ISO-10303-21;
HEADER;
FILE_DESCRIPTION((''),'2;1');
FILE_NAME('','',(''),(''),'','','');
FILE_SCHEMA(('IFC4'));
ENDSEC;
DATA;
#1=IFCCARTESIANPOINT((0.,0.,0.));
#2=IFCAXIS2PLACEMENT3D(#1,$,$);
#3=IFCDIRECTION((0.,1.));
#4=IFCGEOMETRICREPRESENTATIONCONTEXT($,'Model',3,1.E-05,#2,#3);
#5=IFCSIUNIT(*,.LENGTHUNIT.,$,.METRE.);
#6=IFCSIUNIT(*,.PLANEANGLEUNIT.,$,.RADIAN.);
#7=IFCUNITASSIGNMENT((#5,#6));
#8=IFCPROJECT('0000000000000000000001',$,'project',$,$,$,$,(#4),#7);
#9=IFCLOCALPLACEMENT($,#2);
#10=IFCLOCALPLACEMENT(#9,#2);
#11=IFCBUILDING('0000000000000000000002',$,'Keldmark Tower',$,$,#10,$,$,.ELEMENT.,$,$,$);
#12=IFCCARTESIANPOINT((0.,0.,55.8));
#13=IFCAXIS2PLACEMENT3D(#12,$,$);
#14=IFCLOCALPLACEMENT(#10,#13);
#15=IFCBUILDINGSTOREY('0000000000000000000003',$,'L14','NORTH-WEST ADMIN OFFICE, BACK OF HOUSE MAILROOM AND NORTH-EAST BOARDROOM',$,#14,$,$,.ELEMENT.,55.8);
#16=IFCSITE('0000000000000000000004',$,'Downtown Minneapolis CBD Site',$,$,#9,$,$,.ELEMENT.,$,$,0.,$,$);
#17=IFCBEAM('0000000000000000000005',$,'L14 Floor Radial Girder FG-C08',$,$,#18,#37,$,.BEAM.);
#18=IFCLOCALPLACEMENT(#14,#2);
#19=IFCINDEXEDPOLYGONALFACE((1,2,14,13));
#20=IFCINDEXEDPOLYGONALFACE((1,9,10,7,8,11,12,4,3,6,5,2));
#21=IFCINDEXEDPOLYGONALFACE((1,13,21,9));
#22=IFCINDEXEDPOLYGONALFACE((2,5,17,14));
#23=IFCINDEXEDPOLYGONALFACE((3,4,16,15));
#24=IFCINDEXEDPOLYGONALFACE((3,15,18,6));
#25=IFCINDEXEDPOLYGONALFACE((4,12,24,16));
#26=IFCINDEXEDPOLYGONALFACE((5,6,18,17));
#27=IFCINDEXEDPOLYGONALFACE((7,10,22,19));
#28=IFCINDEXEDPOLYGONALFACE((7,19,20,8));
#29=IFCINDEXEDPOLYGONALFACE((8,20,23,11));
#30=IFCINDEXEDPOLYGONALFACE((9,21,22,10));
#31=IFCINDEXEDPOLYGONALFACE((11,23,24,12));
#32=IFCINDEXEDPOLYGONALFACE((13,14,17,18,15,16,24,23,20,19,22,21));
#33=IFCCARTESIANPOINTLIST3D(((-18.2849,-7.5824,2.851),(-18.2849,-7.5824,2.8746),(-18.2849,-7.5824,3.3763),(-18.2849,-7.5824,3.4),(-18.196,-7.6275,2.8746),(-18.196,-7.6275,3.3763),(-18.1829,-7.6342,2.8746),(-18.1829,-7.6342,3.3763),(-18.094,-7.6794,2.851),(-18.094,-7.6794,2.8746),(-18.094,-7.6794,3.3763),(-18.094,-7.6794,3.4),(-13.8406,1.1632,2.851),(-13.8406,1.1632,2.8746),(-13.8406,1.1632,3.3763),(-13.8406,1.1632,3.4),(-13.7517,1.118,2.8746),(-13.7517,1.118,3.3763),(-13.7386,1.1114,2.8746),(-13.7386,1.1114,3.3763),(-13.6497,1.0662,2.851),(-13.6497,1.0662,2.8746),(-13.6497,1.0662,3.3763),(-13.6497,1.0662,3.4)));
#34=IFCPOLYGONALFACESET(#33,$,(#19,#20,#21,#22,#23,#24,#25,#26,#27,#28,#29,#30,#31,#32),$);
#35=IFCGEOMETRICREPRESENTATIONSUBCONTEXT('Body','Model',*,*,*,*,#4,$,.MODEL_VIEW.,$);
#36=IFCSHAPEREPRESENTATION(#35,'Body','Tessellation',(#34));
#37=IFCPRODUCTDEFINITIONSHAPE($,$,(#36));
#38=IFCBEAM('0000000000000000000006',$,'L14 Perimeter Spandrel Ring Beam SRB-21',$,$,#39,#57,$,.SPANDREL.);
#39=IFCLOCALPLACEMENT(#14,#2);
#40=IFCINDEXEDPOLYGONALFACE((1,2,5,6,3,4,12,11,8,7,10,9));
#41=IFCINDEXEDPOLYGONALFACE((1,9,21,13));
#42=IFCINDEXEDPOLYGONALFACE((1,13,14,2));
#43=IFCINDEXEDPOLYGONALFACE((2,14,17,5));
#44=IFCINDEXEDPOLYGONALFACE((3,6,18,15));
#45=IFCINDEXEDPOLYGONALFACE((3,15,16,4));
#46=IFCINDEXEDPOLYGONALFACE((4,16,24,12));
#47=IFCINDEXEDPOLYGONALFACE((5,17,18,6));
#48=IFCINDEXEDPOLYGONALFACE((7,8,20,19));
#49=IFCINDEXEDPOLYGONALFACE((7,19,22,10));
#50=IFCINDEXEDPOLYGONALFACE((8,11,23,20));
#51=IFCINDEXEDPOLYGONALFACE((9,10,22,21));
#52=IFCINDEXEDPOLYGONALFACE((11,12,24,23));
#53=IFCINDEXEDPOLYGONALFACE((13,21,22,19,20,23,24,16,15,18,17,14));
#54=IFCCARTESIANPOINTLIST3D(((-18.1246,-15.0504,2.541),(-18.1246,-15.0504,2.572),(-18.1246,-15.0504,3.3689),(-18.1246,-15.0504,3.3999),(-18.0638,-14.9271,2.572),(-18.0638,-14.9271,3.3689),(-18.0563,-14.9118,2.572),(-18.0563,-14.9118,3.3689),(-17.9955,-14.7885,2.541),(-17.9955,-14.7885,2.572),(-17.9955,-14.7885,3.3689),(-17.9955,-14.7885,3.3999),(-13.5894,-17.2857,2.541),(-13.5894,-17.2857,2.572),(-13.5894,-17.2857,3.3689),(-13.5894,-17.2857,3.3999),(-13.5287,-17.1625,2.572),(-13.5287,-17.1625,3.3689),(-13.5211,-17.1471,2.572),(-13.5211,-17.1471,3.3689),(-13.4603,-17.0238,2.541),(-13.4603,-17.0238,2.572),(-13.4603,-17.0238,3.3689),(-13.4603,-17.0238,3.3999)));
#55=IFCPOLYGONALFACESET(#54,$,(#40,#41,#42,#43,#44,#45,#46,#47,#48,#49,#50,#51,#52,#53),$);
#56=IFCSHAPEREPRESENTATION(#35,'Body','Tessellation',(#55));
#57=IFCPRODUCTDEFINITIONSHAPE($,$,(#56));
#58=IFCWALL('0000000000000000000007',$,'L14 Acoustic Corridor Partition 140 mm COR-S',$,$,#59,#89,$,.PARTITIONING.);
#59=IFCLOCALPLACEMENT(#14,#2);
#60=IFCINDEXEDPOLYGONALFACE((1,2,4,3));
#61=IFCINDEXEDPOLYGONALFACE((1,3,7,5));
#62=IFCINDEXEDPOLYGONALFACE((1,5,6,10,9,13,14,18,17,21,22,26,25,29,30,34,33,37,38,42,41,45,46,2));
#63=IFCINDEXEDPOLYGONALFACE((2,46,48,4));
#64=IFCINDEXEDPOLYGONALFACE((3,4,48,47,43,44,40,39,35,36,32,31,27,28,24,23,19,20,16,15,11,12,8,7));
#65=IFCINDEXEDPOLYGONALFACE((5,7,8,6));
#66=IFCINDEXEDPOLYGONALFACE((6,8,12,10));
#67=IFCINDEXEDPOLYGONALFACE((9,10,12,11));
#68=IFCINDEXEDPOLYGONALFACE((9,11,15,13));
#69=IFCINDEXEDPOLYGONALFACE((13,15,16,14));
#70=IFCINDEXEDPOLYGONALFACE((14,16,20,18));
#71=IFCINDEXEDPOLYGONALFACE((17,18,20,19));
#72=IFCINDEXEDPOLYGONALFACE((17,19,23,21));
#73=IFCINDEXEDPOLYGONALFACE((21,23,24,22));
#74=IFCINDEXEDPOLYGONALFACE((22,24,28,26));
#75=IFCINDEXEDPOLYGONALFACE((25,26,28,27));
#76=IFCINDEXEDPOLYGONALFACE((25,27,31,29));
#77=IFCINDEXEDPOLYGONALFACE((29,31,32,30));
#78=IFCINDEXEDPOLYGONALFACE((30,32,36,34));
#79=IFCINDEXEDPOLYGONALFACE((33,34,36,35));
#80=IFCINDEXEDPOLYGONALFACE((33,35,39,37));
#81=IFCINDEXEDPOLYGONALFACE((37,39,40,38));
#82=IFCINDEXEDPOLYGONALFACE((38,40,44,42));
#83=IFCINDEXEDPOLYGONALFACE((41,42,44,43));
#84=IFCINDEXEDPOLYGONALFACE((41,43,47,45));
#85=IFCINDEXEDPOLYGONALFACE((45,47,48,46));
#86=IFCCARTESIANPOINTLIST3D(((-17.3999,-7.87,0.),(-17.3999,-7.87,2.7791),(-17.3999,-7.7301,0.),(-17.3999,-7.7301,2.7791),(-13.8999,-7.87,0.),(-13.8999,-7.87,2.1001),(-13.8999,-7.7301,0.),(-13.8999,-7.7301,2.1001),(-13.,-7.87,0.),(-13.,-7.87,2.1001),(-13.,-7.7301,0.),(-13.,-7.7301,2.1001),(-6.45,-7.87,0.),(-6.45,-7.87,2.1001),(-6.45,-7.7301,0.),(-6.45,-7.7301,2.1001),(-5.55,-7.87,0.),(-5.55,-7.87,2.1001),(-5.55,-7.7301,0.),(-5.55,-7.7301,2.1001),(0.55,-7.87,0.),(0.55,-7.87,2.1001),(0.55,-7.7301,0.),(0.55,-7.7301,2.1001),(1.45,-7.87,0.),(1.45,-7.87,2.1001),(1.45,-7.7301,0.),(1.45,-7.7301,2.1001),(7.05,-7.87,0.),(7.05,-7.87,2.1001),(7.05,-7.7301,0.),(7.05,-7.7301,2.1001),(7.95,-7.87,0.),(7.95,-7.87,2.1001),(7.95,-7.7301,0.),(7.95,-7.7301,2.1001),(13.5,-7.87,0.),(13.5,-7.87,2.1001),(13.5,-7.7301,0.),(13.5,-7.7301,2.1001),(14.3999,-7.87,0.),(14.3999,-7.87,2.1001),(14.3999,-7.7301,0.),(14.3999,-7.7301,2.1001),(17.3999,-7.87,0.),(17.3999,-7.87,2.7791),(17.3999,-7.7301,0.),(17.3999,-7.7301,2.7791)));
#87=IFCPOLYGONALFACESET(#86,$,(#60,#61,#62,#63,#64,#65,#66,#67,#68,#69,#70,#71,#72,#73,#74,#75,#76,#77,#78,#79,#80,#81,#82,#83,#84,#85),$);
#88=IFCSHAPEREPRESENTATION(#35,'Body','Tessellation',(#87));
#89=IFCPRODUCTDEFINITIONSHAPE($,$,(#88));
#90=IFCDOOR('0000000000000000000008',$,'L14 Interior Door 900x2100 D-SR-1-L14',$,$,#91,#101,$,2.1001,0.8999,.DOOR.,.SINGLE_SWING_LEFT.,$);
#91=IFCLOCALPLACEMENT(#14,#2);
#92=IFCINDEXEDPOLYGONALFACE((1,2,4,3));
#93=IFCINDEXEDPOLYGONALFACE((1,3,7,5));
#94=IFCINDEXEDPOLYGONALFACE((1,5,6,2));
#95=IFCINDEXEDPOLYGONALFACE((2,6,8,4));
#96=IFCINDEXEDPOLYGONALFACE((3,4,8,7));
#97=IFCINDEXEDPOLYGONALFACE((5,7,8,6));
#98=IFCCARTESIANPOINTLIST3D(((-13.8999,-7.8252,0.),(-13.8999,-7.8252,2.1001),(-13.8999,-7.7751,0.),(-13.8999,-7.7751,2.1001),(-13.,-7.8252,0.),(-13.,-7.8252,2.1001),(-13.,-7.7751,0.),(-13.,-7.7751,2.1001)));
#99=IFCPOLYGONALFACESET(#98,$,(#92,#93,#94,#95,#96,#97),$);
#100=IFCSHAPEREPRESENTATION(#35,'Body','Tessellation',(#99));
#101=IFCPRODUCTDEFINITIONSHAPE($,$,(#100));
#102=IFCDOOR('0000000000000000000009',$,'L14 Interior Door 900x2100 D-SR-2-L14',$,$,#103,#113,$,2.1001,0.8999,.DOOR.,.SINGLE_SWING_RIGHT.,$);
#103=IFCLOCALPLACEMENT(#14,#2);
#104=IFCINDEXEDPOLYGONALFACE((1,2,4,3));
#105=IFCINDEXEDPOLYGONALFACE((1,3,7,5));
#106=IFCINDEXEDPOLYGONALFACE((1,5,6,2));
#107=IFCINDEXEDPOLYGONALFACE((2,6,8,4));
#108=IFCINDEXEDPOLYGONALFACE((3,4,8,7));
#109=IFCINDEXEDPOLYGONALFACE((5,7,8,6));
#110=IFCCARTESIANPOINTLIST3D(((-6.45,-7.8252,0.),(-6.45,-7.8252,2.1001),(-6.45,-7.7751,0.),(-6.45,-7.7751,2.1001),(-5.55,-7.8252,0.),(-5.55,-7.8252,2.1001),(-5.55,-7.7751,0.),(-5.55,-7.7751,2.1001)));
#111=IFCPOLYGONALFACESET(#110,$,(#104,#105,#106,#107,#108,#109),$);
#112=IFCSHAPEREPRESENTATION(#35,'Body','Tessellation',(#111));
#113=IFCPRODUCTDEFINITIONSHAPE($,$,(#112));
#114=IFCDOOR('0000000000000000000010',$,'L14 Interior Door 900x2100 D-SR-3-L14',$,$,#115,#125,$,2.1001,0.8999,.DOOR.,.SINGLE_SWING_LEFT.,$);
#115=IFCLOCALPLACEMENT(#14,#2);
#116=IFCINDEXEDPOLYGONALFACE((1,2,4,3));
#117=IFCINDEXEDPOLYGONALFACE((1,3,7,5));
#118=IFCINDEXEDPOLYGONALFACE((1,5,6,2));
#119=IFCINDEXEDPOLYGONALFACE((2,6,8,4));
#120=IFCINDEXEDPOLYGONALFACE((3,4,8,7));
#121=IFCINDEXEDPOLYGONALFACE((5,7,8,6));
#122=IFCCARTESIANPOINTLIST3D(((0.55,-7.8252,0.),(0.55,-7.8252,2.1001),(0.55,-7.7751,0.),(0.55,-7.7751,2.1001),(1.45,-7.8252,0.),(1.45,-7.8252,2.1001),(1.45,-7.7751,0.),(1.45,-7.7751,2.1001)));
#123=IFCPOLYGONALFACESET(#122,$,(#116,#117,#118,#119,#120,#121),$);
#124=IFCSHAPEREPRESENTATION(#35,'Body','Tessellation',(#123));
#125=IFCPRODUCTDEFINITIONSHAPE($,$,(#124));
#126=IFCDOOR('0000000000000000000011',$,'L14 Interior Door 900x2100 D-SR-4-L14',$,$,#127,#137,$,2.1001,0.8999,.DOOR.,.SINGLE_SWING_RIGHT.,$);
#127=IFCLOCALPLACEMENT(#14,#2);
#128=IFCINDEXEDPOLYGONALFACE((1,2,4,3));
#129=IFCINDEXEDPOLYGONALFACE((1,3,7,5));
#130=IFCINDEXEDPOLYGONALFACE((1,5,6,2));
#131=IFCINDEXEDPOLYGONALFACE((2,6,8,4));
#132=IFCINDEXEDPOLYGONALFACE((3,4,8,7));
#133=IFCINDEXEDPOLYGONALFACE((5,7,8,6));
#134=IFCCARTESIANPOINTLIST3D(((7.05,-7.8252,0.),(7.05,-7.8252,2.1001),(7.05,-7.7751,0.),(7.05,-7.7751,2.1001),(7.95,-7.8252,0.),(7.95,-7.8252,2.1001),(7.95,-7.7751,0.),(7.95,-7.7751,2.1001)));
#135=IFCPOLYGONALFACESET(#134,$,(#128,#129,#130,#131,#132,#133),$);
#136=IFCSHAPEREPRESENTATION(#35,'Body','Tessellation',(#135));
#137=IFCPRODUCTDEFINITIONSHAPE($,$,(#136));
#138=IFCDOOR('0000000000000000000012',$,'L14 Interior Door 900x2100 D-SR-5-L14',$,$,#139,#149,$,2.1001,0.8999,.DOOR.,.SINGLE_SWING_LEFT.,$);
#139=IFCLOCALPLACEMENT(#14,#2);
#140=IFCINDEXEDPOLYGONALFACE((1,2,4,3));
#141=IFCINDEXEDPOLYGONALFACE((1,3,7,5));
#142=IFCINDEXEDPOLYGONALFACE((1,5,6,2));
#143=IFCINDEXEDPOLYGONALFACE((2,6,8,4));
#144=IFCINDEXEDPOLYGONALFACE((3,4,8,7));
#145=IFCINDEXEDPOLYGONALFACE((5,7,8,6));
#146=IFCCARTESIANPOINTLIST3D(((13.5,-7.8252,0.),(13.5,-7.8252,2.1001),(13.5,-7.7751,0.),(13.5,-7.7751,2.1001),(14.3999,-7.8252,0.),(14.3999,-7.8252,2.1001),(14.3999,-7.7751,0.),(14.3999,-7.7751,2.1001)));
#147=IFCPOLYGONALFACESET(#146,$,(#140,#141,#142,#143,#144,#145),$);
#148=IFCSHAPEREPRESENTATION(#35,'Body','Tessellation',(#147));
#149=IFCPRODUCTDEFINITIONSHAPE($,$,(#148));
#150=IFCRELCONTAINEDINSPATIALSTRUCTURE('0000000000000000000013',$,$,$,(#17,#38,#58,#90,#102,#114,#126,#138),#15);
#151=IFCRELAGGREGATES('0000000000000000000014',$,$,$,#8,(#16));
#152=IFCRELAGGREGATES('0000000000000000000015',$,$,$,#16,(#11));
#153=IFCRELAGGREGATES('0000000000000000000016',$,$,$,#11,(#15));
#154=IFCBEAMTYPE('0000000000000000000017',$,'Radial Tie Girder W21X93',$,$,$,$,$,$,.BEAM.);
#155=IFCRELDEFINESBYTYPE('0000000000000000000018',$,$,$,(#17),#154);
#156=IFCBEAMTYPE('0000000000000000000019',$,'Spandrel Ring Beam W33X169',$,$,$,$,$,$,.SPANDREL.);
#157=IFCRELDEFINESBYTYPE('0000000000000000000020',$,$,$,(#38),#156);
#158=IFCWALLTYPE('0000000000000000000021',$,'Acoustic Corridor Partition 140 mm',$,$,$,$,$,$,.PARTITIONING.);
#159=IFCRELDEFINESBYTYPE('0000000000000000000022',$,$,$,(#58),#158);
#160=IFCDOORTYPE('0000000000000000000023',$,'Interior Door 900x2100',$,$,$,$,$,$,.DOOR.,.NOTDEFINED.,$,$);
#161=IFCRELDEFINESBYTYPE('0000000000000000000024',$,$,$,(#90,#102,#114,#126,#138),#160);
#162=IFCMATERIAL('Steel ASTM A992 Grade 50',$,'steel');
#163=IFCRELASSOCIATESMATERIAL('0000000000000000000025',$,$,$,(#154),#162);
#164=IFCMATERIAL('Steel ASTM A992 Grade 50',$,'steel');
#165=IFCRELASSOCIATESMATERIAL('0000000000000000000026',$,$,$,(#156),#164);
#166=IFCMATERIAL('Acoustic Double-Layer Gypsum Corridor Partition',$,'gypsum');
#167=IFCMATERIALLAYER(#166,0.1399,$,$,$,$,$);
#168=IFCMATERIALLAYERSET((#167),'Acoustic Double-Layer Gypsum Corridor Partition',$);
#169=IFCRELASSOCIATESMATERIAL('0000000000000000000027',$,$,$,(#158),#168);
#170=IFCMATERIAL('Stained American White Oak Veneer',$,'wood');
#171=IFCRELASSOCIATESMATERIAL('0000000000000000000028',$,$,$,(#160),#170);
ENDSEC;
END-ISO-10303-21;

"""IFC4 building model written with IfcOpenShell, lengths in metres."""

from ifc_helpers import new_model, si_unit, direction, frame, frame_2d, origin, origin_2d, place, context, subcontext, project, spatial, rectangle, i_section, extrude, material, layer, layer_set, material_profile, profile_set, type_object, element, fill, save


model = new_model("IFC4")

# Units and contexts
model_context = context("Model", 3, precision=1e-05, world=origin(), true_north=direction((0.0, 1.0)))
body_context = subcontext(model_context, "Body", "Model", "MODEL_VIEW")
ifc_project = project(units=[si_unit("LENGTHUNIT", "METRE"), si_unit("PLANEANGLEUNIT", "RADIAN")], contexts=[model_context])

# Site, building, storey
site_placement = place(None, origin())
site = spatial("IfcSite", under=ifc_project, at=site_placement, Name="Downtown Minneapolis CBD Site", CompositionType="ELEMENT", RefElevation=0.0)
building_placement = place(site_placement, origin())
building = spatial("IfcBuilding", under=site, at=building_placement, Name="Keldmark Tower", CompositionType="ELEMENT")
storey_placement = place(building_placement, frame((0.0, 0.0, 55.8)))
storey = spatial("IfcBuildingStorey", under=building, at=storey_placement, Name="L14", Description="NORTH-WEST ADMIN OFFICE, BACK OF HOUSE MAILROOM AND NORTH-EAST BOARDROOM", CompositionType="ELEMENT", Elevation=55.8)

# Beams
ifc_material_1 = material(Name="Steel ASTM A992 Grade 50", Category="steel")
ifc_material_profile_1 = material_profile(ifc_material_1, i_section(OverallWidth=0.2141, OverallDepth=0.5491, WebThickness=0.0146, FlangeThickness=0.0237, at=origin_2d()), Name="W21X93")
ifc_profile_set_1 = profile_set([ifc_material_profile_1], Name="Steel ASTM A992 Grade 50")
beam_type_1 = type_object("IfcBeamType", Name="Radial Tie Girder W21X93", PredefinedType="BEAM", material=ifc_profile_set_1)
beam_1_placement = place(storey_placement, frame((-18.1895, -7.6309, 3.1255), z_axis=(0.453038, 0.891491, 0.0), x_axis=(-0.891491, 0.453038, 0.0)))
element("IfcBeam", 1, at=beam_1_placement, inside=storey, type_object=beam_type_1, Name="L14 Floor Radial Girder FG-C08", PredefinedType="BEAM", context=body_context, shape_type="SweptSolid", body=[
    extrude(i_section(OverallWidth=0.2141, OverallDepth=0.5491, WebThickness=0.0146, FlangeThickness=0.0237, at=origin_2d()), origin(), (0.0, 0.0, 1.0), 9.8101),
])
ifc_material_2 = material(Name="Steel ASTM A992 Grade 50", Category="steel")
ifc_material_profile_2 = material_profile(ifc_material_2, i_section(OverallWidth=0.292, OverallDepth=0.8589, WebThickness=0.0171, FlangeThickness=0.031, at=origin_2d()), Name="W33X169")
ifc_profile_set_2 = profile_set([ifc_material_profile_2], Name="Steel ASTM A992 Grade 50")
beam_type_2 = type_object("IfcBeamType", Name="Spandrel Ring Beam W33X169", PredefinedType="SPANDREL", material=ifc_profile_set_2)
beam_2_placement = place(storey_placement, frame((-18.0601, -14.9194, 2.9705), z_axis=(0.896962, -0.442107, 0.0), x_axis=(0.442107, 0.896962, 0.0)))
element("IfcBeam", 2, at=beam_2_placement, inside=storey, type_object=beam_type_2, Name="L14 Perimeter Spandrel Ring Beam SRB-21", PredefinedType="SPANDREL", context=body_context, shape_type="SweptSolid", body=[
    extrude(i_section(OverallWidth=0.292, OverallDepth=0.8589, WebThickness=0.0171, FlangeThickness=0.031, at=origin_2d()), origin(), (0.0, 0.0, 1.0), 5.0562),
])

# Wall, openings, doors
ifc_material_3 = material(Name="Acoustic Double-Layer Gypsum Corridor Partition", Category="gypsum")
ifc_layer_1 = layer(ifc_material_3, 0.1399)
ifc_layer_set_1 = layer_set([ifc_layer_1], Name="Acoustic Double-Layer Gypsum Corridor Partition")
wall_type_1 = type_object("IfcWallType", Name="Acoustic Corridor Partition 140 mm", PredefinedType="PARTITIONING", material=ifc_layer_set_1)
wall_1_placement = place(storey_placement, frame((-17.3999, -7.8, 0.0), z_axis=(0.0, 0.0, 1.0), x_axis=(1.0, 0.0, 0.0)))
wall_1 = element("IfcWall", 3, at=wall_1_placement, inside=storey, type_object=wall_type_1, Name="L14 Acoustic Corridor Partition 140 mm COR-S", PredefinedType="PARTITIONING", context=body_context, shape_type="SweptSolid", body=[
    extrude(rectangle(XDim=34.7998, YDim=0.1399, at=frame_2d((17.3999, 0.0))), origin(), (0.0, 0.0, 1.0), 2.7791),
])
opening_1_placement = place(wall_1_placement, frame((3.5, 0.0, 0.0)))
opening_1 = element("IfcOpeningElement", 4, at=opening_1_placement, cuts=wall_1, PredefinedType="OPENING", context=body_context, shape_type="SweptSolid", body=[
    extrude(rectangle(XDim=0.8999, YDim=2.1001, at=frame_2d((0.45, 1.05))), frame((0.0, 0.0798, 0.0), z_axis=(0.0, -1.0, 0.0), x_axis=(1.0, 0.0, 0.0)), (0.0, 0.0, 1.0), 0.1599),
])
opening_2_placement = place(wall_1_placement, frame((10.95, 0.0, 0.0)))
opening_2 = element("IfcOpeningElement", 5, at=opening_2_placement, cuts=wall_1, PredefinedType="OPENING", context=body_context, shape_type="SweptSolid", body=[
    extrude(rectangle(XDim=0.8999, YDim=2.1001, at=frame_2d((0.45, 1.05))), frame((0.0, 0.0798, 0.0), z_axis=(0.0, -1.0, 0.0), x_axis=(1.0, 0.0, 0.0)), (0.0, 0.0, 1.0), 0.1599),
])
opening_3_placement = place(wall_1_placement, frame((17.95, 0.0, 0.0)))
opening_3 = element("IfcOpeningElement", 6, at=opening_3_placement, cuts=wall_1, PredefinedType="OPENING", context=body_context, shape_type="SweptSolid", body=[
    extrude(rectangle(XDim=0.8999, YDim=2.1001, at=frame_2d((0.45, 1.05))), frame((0.0, 0.0798, 0.0), z_axis=(0.0, -1.0, 0.0), x_axis=(1.0, 0.0, 0.0)), (0.0, 0.0, 1.0), 0.1599),
])
opening_4_placement = place(wall_1_placement, frame((24.45, 0.0, 0.0)))
opening_4 = element("IfcOpeningElement", 7, at=opening_4_placement, cuts=wall_1, PredefinedType="OPENING", context=body_context, shape_type="SweptSolid", body=[
    extrude(rectangle(XDim=0.8999, YDim=2.1001, at=frame_2d((0.45, 1.05))), frame((0.0, 0.0798, 0.0), z_axis=(0.0, -1.0, 0.0), x_axis=(1.0, 0.0, 0.0)), (0.0, 0.0, 1.0), 0.1599),
])
opening_5_placement = place(wall_1_placement, frame((30.8999, 0.0, 0.0)))
opening_5 = element("IfcOpeningElement", 8, at=opening_5_placement, cuts=wall_1, PredefinedType="OPENING", context=body_context, shape_type="SweptSolid", body=[
    extrude(rectangle(XDim=0.8999, YDim=2.1001, at=frame_2d((0.45, 1.05))), frame((0.0, 0.0798, 0.0), z_axis=(0.0, -1.0, 0.0), x_axis=(1.0, 0.0, 0.0)), (0.0, 0.0, 1.0), 0.1599),
])
ifc_material_4 = material(Name="Stained American White Oak Veneer", Category="wood")
door_type = type_object("IfcDoorType", Name="Interior Door 900x2100", OperationType="NOTDEFINED", PredefinedType="DOOR", material=ifc_material_4)
door_1_placement = place(opening_1_placement, origin())
door_1 = element("IfcDoor", 9, at=door_1_placement, inside=storey, type_object=door_type, Name="L14 Interior Door 900x2100 D-SR-1-L14", OperationType="SINGLE_SWING_LEFT", OverallHeight=2.1001, OverallWidth=0.8999, PredefinedType="DOOR", context=body_context, shape_type="SweptSolid", body=[
    extrude(rectangle(XDim=0.8999, YDim=2.1001, at=frame_2d((0.45, 1.05))), frame((0.0, 0.0249, 0.0), z_axis=(0.0, -1.0, 0.0), x_axis=(1.0, 0.0, 0.0)), (0.0, 0.0, 1.0), 0.05),
])
fill(opening_1, door_1)
door_2_placement = place(opening_2_placement, origin())
door_2 = element("IfcDoor", 10, at=door_2_placement, inside=storey, type_object=door_type, Name="L14 Interior Door 900x2100 D-SR-2-L14", OperationType="SINGLE_SWING_RIGHT", OverallHeight=2.1001, OverallWidth=0.8999, PredefinedType="DOOR", context=body_context, shape_type="SweptSolid", body=[
    extrude(rectangle(XDim=0.8999, YDim=2.1001, at=frame_2d((0.45, 1.05))), frame((0.0, 0.0249, 0.0), z_axis=(0.0, -1.0, 0.0), x_axis=(1.0, 0.0, 0.0)), (0.0, 0.0, 1.0), 0.05),
])
fill(opening_2, door_2)
door_3_placement = place(opening_3_placement, origin())
door_3 = element("IfcDoor", 11, at=door_3_placement, inside=storey, type_object=door_type, Name="L14 Interior Door 900x2100 D-SR-3-L14", OperationType="SINGLE_SWING_LEFT", OverallHeight=2.1001, OverallWidth=0.8999, PredefinedType="DOOR", context=body_context, shape_type="SweptSolid", body=[
    extrude(rectangle(XDim=0.8999, YDim=2.1001, at=frame_2d((0.45, 1.05))), frame((0.0, 0.0249, 0.0), z_axis=(0.0, -1.0, 0.0), x_axis=(1.0, 0.0, 0.0)), (0.0, 0.0, 1.0), 0.05),
])
fill(opening_3, door_3)
door_4_placement = place(opening_4_placement, origin())
door_4 = element("IfcDoor", 12, at=door_4_placement, inside=storey, type_object=door_type, Name="L14 Interior Door 900x2100 D-SR-4-L14", OperationType="SINGLE_SWING_RIGHT", OverallHeight=2.1001, OverallWidth=0.8999, PredefinedType="DOOR", context=body_context, shape_type="SweptSolid", body=[
    extrude(rectangle(XDim=0.8999, YDim=2.1001, at=frame_2d((0.45, 1.05))), frame((0.0, 0.0249, 0.0), z_axis=(0.0, -1.0, 0.0), x_axis=(1.0, 0.0, 0.0)), (0.0, 0.0, 1.0), 0.05),
])
fill(opening_4, door_4)
door_5_placement = place(opening_5_placement, origin())
door_5 = element("IfcDoor", 13, at=door_5_placement, inside=storey, type_object=door_type, Name="L14 Interior Door 900x2100 D-SR-5-L14", OperationType="SINGLE_SWING_LEFT", OverallHeight=2.1001, OverallWidth=0.8999, PredefinedType="DOOR", context=body_context, shape_type="SweptSolid", body=[
    extrude(rectangle(XDim=0.8999, YDim=2.1001, at=frame_2d((0.45, 1.05))), frame((0.0, 0.0249, 0.0), z_axis=(0.0, -1.0, 0.0), x_axis=(1.0, 0.0, 0.0)), (0.0, 0.0, 1.0), 0.05),
])
fill(opening_5, door_5)

save(model, "model.ifc")
